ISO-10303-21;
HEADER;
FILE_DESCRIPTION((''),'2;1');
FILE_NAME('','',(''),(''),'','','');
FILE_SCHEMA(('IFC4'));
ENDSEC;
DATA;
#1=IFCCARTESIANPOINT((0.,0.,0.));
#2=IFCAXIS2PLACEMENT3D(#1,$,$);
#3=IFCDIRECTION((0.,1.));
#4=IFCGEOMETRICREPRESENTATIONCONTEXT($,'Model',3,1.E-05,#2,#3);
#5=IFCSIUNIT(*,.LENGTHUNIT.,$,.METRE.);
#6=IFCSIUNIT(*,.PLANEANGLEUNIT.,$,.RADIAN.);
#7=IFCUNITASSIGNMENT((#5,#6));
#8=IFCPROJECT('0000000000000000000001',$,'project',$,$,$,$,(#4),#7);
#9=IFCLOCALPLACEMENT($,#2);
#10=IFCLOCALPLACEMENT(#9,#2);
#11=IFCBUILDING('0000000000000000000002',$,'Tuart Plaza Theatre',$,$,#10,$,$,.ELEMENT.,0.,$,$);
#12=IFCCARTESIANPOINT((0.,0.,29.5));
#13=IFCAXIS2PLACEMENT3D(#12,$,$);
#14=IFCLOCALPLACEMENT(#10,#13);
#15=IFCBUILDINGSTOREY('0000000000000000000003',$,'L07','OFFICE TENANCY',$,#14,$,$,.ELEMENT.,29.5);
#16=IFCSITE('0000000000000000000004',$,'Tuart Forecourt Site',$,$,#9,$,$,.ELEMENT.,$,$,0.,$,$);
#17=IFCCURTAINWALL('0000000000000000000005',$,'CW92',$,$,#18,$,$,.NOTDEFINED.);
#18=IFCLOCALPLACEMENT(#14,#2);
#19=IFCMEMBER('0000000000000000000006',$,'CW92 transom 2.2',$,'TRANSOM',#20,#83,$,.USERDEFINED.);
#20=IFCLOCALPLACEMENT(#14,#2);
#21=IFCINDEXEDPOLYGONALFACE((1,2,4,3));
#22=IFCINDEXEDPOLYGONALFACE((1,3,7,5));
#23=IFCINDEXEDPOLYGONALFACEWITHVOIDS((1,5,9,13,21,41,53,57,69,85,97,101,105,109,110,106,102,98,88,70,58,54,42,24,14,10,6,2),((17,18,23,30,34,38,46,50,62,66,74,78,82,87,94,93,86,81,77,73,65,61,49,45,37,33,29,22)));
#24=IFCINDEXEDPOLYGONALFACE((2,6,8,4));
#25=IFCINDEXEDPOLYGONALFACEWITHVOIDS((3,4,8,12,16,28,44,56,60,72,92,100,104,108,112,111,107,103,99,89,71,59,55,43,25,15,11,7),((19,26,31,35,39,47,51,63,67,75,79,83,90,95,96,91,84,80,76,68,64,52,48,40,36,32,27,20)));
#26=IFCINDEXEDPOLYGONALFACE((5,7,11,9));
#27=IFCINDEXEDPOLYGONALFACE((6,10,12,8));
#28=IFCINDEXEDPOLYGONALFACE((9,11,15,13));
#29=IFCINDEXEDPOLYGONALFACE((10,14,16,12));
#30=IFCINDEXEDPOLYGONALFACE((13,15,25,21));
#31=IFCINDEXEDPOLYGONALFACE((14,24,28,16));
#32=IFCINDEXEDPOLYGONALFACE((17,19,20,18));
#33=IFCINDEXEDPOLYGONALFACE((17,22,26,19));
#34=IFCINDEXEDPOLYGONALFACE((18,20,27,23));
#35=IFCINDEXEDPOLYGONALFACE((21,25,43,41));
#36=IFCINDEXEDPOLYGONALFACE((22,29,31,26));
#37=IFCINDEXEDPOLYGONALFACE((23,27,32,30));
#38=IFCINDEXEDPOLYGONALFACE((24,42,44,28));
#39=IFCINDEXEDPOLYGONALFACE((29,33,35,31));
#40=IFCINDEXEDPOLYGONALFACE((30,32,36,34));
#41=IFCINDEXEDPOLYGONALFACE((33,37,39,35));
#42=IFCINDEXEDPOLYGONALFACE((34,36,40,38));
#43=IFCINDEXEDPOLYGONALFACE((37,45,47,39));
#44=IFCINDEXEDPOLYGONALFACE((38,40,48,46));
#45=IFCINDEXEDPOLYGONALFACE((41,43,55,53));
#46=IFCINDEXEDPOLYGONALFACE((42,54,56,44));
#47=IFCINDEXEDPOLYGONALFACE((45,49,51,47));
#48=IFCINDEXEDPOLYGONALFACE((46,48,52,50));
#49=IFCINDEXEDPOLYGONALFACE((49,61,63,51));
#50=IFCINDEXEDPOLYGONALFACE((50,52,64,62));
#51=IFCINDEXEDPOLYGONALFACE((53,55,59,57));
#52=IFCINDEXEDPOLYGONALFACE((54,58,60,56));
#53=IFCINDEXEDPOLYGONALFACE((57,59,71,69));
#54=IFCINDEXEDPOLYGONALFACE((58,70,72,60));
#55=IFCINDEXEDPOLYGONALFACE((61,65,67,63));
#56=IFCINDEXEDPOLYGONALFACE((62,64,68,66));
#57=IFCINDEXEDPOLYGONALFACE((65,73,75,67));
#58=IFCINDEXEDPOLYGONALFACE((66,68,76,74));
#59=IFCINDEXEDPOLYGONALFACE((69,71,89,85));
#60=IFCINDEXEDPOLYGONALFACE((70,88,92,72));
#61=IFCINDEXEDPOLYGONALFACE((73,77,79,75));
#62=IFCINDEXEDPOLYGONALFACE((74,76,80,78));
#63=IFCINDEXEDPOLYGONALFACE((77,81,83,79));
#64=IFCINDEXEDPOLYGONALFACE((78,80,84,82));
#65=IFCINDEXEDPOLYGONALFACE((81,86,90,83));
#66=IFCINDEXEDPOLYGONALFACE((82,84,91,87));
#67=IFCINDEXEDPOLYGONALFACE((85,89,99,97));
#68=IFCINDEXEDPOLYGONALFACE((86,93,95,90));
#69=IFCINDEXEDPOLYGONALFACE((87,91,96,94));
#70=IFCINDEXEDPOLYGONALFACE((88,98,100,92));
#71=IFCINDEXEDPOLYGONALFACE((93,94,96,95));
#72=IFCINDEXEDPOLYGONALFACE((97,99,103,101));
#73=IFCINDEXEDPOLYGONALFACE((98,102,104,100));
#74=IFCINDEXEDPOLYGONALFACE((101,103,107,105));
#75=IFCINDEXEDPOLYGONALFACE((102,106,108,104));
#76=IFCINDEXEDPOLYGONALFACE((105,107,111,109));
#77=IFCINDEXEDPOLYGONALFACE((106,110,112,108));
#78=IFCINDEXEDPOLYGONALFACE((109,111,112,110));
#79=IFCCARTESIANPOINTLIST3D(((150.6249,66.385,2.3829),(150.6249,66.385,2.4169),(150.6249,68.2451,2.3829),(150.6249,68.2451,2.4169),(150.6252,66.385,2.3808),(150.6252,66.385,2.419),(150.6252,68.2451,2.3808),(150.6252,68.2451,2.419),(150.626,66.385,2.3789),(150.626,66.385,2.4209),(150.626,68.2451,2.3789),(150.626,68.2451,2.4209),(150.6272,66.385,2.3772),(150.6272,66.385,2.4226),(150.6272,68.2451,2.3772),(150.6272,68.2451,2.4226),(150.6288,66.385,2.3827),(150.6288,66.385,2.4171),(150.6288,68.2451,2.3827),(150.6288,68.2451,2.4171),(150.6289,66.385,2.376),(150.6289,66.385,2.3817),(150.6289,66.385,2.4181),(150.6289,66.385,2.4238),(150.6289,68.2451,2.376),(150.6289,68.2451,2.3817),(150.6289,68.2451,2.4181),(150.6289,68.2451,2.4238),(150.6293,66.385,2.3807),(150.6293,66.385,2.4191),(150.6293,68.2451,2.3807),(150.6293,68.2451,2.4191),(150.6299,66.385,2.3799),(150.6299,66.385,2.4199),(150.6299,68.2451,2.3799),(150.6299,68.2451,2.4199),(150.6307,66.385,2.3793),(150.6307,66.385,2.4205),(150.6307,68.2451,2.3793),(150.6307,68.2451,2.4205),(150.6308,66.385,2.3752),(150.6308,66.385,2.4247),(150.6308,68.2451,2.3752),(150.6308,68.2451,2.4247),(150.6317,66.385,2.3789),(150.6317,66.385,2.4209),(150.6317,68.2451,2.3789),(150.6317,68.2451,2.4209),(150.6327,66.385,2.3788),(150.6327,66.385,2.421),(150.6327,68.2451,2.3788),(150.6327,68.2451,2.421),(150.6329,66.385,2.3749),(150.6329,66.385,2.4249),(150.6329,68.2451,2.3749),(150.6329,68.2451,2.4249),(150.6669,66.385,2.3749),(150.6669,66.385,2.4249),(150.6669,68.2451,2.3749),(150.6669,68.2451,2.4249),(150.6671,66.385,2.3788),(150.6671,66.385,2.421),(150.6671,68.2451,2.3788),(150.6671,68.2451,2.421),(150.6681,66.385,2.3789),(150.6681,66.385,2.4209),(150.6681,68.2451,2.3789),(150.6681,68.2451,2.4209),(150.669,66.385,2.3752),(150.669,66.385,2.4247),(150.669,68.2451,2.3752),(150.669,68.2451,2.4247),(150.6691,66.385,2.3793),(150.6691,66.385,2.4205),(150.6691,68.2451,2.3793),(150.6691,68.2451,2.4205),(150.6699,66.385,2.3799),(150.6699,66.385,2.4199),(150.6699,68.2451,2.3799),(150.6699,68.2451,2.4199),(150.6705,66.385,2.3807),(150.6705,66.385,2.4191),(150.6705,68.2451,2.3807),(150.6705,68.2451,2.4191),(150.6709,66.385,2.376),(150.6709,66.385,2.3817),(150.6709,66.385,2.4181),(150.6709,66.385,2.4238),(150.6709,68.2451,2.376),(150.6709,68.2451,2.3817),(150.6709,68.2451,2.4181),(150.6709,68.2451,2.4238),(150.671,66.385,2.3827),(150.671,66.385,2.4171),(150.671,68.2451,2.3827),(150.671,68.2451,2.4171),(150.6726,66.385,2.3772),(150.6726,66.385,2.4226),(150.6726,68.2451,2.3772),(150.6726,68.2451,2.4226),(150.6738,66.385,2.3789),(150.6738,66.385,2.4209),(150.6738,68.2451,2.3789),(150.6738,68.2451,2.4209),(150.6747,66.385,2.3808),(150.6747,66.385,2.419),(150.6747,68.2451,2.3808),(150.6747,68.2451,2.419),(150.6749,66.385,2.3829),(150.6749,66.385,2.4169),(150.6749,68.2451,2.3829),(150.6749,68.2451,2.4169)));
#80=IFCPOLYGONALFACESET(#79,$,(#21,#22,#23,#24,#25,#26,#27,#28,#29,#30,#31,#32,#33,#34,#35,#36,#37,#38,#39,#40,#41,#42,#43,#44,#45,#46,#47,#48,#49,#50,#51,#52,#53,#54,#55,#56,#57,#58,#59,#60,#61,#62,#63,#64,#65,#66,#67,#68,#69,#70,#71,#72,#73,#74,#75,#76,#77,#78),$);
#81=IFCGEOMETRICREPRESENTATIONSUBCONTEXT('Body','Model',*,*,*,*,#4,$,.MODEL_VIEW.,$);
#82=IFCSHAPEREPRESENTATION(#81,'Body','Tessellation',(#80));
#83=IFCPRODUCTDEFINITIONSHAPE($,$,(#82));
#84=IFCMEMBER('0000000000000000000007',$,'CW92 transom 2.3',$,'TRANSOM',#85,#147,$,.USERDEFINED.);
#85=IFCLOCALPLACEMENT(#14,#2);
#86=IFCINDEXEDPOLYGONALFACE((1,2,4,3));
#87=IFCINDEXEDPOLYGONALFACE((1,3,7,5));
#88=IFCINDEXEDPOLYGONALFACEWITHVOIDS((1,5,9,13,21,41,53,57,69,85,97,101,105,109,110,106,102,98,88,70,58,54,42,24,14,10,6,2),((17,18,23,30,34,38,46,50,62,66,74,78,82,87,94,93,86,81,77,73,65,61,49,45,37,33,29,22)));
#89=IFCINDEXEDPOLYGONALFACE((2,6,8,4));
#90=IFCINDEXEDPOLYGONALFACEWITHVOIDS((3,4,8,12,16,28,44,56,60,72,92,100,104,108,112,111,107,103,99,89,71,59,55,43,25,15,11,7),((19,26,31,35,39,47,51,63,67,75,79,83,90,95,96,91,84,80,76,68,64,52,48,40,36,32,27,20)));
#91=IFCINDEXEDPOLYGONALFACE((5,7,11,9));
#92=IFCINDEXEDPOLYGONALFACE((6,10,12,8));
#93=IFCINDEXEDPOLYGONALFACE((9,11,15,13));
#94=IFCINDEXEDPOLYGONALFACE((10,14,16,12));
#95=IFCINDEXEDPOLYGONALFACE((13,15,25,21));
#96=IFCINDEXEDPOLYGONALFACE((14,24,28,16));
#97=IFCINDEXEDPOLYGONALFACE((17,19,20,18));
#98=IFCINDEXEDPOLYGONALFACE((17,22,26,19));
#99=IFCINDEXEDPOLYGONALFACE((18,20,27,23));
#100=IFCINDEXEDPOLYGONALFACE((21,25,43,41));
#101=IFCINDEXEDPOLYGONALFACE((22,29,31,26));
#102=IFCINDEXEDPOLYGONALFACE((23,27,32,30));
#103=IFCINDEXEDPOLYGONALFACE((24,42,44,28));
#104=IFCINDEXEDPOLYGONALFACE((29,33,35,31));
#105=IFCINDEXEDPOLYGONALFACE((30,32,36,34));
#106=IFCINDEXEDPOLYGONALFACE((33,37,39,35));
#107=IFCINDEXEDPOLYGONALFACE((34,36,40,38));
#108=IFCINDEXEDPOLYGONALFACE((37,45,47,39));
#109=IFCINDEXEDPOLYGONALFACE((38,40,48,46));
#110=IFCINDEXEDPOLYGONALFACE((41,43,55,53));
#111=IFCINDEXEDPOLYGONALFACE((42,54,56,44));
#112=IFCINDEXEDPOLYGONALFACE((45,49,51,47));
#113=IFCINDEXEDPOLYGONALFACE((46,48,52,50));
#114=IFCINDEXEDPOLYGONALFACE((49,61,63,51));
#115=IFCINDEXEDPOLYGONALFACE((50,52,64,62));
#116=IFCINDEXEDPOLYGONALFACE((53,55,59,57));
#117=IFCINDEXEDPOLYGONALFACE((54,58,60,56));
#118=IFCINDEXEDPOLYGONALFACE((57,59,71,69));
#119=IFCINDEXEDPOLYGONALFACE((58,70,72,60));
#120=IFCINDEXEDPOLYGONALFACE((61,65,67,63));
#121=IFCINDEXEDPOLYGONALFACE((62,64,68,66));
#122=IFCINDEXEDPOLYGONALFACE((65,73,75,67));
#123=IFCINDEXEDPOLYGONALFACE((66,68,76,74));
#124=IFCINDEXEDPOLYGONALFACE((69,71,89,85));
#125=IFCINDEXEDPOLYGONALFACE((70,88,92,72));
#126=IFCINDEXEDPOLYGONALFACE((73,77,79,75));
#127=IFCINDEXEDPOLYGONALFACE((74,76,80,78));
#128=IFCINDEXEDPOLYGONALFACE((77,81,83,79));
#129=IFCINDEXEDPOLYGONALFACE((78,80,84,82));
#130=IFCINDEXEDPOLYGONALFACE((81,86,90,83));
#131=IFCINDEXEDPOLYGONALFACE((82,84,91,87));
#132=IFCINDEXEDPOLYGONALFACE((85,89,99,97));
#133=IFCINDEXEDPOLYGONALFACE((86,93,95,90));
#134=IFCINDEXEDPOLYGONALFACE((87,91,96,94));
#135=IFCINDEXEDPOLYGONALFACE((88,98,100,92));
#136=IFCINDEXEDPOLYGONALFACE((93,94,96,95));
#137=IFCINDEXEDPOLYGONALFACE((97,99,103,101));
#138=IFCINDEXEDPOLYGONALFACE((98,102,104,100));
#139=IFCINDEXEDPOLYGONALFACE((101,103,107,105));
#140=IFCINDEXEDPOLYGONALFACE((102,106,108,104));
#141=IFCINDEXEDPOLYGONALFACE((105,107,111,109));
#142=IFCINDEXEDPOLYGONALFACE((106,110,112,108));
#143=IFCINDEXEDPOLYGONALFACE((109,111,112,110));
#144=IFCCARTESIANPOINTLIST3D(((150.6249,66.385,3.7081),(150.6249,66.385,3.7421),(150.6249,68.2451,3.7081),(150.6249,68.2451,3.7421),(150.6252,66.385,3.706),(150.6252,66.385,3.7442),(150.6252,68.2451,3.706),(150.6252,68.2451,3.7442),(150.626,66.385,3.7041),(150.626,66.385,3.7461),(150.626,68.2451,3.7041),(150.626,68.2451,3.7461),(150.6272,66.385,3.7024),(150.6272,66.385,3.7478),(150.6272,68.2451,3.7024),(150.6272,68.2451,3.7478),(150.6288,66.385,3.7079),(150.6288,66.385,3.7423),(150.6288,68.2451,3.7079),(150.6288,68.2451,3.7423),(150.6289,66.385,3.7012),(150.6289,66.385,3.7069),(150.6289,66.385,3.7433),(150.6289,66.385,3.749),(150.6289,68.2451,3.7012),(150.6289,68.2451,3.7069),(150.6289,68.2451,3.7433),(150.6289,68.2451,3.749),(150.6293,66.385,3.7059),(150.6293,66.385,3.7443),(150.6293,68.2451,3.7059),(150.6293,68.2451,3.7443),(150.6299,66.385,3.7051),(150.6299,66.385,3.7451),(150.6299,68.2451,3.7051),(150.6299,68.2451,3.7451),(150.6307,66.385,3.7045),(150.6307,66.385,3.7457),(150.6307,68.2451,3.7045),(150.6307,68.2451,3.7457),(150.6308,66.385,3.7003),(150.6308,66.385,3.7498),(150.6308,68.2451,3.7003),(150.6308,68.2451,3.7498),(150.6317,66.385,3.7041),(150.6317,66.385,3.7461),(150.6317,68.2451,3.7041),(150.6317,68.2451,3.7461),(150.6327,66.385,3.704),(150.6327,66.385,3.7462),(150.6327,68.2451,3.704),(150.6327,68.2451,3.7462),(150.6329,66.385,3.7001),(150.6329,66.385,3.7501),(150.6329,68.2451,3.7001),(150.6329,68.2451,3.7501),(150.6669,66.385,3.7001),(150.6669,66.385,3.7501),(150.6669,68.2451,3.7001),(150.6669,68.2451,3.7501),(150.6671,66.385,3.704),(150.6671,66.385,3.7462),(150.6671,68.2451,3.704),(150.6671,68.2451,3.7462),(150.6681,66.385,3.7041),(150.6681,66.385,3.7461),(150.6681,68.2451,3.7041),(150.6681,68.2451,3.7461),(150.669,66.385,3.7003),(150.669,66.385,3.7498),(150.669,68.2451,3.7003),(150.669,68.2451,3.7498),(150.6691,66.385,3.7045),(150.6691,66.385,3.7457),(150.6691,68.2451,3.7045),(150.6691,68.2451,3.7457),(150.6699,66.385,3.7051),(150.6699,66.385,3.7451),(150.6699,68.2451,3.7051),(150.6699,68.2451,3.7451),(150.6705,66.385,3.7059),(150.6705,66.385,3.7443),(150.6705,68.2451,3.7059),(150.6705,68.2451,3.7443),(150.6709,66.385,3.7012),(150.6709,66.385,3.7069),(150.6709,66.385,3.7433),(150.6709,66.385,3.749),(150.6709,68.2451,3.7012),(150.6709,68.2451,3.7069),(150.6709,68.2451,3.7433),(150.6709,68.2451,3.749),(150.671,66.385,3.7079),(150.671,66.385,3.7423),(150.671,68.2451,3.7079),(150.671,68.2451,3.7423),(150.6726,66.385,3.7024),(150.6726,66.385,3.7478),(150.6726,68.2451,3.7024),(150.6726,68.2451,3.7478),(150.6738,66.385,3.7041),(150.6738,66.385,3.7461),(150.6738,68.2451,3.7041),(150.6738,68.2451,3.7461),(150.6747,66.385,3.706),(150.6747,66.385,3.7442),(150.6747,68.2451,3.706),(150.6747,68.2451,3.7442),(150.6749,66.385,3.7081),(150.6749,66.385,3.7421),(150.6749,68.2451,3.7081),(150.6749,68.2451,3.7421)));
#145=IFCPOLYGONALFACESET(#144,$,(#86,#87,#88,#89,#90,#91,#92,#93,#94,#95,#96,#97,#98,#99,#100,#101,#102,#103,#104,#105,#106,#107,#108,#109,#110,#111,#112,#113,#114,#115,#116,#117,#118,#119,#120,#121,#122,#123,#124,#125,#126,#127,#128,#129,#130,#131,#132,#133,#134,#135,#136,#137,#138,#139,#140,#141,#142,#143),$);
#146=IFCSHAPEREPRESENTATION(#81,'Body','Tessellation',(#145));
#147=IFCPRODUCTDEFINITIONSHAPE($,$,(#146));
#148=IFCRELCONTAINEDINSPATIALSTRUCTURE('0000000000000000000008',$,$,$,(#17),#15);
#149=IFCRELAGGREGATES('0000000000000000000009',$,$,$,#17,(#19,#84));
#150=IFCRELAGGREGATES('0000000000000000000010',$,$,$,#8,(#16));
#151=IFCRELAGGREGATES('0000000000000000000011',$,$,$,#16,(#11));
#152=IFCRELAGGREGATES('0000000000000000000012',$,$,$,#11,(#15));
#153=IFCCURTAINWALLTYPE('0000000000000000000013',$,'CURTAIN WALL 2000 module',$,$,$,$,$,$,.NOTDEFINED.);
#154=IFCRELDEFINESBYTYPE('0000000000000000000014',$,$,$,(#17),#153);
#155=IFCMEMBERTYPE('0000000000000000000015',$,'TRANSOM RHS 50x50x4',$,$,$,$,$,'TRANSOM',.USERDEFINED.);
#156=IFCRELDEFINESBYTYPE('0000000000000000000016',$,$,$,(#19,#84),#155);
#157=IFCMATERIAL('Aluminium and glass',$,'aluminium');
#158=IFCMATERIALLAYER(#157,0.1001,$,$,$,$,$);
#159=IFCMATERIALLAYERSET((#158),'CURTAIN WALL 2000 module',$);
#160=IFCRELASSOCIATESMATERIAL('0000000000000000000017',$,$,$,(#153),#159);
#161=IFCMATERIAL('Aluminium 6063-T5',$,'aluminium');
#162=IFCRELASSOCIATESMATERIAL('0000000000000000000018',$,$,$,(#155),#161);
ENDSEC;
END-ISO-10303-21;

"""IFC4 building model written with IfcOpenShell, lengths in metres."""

from ifc_helpers import new_model, si_unit, direction, frame, origin, origin_2d, place, context, subcontext, project, spatial, hollow_rectangle, extrude, material, layer, layer_set, material_profile, profile_set, type_object, element, aggregate, save


model = new_model("IFC4")

# Units and contexts
model_context = context("Model", 3, precision=1e-05, world=origin(), true_north=direction((0.0, 1.0)))
body_context = subcontext(model_context, "Body", "Model", "MODEL_VIEW")
ifc_project = project(units=[si_unit("LENGTHUNIT", "METRE"), si_unit("PLANEANGLEUNIT", "RADIAN")], contexts=[model_context])

# Site, building, storey
site_placement = place(None, origin())
site = spatial("IfcSite", under=ifc_project, at=site_placement, Name="Tuart Forecourt Site", CompositionType="ELEMENT", RefElevation=0.0)
building_placement = place(site_placement, origin())
building = spatial("IfcBuilding", under=site, at=building_placement, Name="Tuart Plaza Theatre", CompositionType="ELEMENT", ElevationOfRefHeight=0.0)
storey_placement = place(building_placement, frame((0.0, 0.0, 29.5)))
storey = spatial("IfcBuildingStorey", under=building, at=storey_placement, Name="L07", Description="OFFICE TENANCY", CompositionType="ELEMENT", Elevation=29.5)

# Shared definitions
ifc_material_1 = material(Name="Aluminium and glass", Category="aluminium")
ifc_layer_1 = layer(ifc_material_1, 0.1001)
ifc_layer_set_1 = layer_set([ifc_layer_1], Name="CURTAIN WALL 2000 module")
curtain_wall_type = type_object("IfcCurtainWallType", Name="CURTAIN WALL 2000 module", PredefinedType="NOTDEFINED", material=ifc_layer_set_1)

# Curtain wall, members
curtain_wall_1_placement = place(storey_placement, origin())
curtain_wall_1 = element("IfcCurtainWall", 1, at=curtain_wall_1_placement, inside=storey, type_object=curtain_wall_type, Name="CW92", PredefinedType="NOTDEFINED")
ifc_material_2 = material(Name="Aluminium 6063-T5", Category="aluminium")
ifc_material_profile_1 = material_profile(ifc_material_2, hollow_rectangle(XDim=0.05, YDim=0.05, WallThickness=0.0039, InnerFilletRadius=0.0039, OuterFilletRadius=0.0081, at=origin_2d()), Name="RHS 50x50x4")
ifc_profile_set_1 = profile_set([ifc_material_profile_1], Name="Aluminium 6063-T5")
member_type_1 = type_object("IfcMemberType", Name="TRANSOM RHS 50x50x4", ElementType="TRANSOM", PredefinedType="USERDEFINED", material=ifc_profile_set_1)
member_1_placement = place(storey_placement, frame((150.6499, 66.385, 2.3999), z_axis=(0.0, 1.0, 0.0), x_axis=(-1.0, 0.0, 0.0)))
member_1 = element("IfcMember", 2, at=member_1_placement, type_object=member_type_1, Name="CW92 transom 2.2", ObjectType="TRANSOM", PredefinedType="USERDEFINED", context=body_context, shape_type="SweptSolid", body=[
    extrude(hollow_rectangle(XDim=0.05, YDim=0.05, WallThickness=0.0039, InnerFilletRadius=0.0039, OuterFilletRadius=0.0081, at=origin_2d()), origin(), (0.0, 0.0, 1.0), 1.8601),
])
member_2_placement = place(storey_placement, frame((150.6499, 66.385, 3.7251), z_axis=(0.0, 1.0, 0.0), x_axis=(-1.0, 0.0, 0.0)))
member_2 = element("IfcMember", 3, at=member_2_placement, type_object=member_type_1, Name="CW92 transom 2.3", ObjectType="TRANSOM", PredefinedType="USERDEFINED", context=body_context, shape_type="SweptSolid", body=[
    extrude(hollow_rectangle(XDim=0.05, YDim=0.05, WallThickness=0.0039, InnerFilletRadius=0.0039, OuterFilletRadius=0.0081, at=origin_2d()), origin(), (0.0, 0.0, 1.0), 1.8601),
])
aggregate(curtain_wall_1, [member_1, member_2])

save(model, "model.ifc")
